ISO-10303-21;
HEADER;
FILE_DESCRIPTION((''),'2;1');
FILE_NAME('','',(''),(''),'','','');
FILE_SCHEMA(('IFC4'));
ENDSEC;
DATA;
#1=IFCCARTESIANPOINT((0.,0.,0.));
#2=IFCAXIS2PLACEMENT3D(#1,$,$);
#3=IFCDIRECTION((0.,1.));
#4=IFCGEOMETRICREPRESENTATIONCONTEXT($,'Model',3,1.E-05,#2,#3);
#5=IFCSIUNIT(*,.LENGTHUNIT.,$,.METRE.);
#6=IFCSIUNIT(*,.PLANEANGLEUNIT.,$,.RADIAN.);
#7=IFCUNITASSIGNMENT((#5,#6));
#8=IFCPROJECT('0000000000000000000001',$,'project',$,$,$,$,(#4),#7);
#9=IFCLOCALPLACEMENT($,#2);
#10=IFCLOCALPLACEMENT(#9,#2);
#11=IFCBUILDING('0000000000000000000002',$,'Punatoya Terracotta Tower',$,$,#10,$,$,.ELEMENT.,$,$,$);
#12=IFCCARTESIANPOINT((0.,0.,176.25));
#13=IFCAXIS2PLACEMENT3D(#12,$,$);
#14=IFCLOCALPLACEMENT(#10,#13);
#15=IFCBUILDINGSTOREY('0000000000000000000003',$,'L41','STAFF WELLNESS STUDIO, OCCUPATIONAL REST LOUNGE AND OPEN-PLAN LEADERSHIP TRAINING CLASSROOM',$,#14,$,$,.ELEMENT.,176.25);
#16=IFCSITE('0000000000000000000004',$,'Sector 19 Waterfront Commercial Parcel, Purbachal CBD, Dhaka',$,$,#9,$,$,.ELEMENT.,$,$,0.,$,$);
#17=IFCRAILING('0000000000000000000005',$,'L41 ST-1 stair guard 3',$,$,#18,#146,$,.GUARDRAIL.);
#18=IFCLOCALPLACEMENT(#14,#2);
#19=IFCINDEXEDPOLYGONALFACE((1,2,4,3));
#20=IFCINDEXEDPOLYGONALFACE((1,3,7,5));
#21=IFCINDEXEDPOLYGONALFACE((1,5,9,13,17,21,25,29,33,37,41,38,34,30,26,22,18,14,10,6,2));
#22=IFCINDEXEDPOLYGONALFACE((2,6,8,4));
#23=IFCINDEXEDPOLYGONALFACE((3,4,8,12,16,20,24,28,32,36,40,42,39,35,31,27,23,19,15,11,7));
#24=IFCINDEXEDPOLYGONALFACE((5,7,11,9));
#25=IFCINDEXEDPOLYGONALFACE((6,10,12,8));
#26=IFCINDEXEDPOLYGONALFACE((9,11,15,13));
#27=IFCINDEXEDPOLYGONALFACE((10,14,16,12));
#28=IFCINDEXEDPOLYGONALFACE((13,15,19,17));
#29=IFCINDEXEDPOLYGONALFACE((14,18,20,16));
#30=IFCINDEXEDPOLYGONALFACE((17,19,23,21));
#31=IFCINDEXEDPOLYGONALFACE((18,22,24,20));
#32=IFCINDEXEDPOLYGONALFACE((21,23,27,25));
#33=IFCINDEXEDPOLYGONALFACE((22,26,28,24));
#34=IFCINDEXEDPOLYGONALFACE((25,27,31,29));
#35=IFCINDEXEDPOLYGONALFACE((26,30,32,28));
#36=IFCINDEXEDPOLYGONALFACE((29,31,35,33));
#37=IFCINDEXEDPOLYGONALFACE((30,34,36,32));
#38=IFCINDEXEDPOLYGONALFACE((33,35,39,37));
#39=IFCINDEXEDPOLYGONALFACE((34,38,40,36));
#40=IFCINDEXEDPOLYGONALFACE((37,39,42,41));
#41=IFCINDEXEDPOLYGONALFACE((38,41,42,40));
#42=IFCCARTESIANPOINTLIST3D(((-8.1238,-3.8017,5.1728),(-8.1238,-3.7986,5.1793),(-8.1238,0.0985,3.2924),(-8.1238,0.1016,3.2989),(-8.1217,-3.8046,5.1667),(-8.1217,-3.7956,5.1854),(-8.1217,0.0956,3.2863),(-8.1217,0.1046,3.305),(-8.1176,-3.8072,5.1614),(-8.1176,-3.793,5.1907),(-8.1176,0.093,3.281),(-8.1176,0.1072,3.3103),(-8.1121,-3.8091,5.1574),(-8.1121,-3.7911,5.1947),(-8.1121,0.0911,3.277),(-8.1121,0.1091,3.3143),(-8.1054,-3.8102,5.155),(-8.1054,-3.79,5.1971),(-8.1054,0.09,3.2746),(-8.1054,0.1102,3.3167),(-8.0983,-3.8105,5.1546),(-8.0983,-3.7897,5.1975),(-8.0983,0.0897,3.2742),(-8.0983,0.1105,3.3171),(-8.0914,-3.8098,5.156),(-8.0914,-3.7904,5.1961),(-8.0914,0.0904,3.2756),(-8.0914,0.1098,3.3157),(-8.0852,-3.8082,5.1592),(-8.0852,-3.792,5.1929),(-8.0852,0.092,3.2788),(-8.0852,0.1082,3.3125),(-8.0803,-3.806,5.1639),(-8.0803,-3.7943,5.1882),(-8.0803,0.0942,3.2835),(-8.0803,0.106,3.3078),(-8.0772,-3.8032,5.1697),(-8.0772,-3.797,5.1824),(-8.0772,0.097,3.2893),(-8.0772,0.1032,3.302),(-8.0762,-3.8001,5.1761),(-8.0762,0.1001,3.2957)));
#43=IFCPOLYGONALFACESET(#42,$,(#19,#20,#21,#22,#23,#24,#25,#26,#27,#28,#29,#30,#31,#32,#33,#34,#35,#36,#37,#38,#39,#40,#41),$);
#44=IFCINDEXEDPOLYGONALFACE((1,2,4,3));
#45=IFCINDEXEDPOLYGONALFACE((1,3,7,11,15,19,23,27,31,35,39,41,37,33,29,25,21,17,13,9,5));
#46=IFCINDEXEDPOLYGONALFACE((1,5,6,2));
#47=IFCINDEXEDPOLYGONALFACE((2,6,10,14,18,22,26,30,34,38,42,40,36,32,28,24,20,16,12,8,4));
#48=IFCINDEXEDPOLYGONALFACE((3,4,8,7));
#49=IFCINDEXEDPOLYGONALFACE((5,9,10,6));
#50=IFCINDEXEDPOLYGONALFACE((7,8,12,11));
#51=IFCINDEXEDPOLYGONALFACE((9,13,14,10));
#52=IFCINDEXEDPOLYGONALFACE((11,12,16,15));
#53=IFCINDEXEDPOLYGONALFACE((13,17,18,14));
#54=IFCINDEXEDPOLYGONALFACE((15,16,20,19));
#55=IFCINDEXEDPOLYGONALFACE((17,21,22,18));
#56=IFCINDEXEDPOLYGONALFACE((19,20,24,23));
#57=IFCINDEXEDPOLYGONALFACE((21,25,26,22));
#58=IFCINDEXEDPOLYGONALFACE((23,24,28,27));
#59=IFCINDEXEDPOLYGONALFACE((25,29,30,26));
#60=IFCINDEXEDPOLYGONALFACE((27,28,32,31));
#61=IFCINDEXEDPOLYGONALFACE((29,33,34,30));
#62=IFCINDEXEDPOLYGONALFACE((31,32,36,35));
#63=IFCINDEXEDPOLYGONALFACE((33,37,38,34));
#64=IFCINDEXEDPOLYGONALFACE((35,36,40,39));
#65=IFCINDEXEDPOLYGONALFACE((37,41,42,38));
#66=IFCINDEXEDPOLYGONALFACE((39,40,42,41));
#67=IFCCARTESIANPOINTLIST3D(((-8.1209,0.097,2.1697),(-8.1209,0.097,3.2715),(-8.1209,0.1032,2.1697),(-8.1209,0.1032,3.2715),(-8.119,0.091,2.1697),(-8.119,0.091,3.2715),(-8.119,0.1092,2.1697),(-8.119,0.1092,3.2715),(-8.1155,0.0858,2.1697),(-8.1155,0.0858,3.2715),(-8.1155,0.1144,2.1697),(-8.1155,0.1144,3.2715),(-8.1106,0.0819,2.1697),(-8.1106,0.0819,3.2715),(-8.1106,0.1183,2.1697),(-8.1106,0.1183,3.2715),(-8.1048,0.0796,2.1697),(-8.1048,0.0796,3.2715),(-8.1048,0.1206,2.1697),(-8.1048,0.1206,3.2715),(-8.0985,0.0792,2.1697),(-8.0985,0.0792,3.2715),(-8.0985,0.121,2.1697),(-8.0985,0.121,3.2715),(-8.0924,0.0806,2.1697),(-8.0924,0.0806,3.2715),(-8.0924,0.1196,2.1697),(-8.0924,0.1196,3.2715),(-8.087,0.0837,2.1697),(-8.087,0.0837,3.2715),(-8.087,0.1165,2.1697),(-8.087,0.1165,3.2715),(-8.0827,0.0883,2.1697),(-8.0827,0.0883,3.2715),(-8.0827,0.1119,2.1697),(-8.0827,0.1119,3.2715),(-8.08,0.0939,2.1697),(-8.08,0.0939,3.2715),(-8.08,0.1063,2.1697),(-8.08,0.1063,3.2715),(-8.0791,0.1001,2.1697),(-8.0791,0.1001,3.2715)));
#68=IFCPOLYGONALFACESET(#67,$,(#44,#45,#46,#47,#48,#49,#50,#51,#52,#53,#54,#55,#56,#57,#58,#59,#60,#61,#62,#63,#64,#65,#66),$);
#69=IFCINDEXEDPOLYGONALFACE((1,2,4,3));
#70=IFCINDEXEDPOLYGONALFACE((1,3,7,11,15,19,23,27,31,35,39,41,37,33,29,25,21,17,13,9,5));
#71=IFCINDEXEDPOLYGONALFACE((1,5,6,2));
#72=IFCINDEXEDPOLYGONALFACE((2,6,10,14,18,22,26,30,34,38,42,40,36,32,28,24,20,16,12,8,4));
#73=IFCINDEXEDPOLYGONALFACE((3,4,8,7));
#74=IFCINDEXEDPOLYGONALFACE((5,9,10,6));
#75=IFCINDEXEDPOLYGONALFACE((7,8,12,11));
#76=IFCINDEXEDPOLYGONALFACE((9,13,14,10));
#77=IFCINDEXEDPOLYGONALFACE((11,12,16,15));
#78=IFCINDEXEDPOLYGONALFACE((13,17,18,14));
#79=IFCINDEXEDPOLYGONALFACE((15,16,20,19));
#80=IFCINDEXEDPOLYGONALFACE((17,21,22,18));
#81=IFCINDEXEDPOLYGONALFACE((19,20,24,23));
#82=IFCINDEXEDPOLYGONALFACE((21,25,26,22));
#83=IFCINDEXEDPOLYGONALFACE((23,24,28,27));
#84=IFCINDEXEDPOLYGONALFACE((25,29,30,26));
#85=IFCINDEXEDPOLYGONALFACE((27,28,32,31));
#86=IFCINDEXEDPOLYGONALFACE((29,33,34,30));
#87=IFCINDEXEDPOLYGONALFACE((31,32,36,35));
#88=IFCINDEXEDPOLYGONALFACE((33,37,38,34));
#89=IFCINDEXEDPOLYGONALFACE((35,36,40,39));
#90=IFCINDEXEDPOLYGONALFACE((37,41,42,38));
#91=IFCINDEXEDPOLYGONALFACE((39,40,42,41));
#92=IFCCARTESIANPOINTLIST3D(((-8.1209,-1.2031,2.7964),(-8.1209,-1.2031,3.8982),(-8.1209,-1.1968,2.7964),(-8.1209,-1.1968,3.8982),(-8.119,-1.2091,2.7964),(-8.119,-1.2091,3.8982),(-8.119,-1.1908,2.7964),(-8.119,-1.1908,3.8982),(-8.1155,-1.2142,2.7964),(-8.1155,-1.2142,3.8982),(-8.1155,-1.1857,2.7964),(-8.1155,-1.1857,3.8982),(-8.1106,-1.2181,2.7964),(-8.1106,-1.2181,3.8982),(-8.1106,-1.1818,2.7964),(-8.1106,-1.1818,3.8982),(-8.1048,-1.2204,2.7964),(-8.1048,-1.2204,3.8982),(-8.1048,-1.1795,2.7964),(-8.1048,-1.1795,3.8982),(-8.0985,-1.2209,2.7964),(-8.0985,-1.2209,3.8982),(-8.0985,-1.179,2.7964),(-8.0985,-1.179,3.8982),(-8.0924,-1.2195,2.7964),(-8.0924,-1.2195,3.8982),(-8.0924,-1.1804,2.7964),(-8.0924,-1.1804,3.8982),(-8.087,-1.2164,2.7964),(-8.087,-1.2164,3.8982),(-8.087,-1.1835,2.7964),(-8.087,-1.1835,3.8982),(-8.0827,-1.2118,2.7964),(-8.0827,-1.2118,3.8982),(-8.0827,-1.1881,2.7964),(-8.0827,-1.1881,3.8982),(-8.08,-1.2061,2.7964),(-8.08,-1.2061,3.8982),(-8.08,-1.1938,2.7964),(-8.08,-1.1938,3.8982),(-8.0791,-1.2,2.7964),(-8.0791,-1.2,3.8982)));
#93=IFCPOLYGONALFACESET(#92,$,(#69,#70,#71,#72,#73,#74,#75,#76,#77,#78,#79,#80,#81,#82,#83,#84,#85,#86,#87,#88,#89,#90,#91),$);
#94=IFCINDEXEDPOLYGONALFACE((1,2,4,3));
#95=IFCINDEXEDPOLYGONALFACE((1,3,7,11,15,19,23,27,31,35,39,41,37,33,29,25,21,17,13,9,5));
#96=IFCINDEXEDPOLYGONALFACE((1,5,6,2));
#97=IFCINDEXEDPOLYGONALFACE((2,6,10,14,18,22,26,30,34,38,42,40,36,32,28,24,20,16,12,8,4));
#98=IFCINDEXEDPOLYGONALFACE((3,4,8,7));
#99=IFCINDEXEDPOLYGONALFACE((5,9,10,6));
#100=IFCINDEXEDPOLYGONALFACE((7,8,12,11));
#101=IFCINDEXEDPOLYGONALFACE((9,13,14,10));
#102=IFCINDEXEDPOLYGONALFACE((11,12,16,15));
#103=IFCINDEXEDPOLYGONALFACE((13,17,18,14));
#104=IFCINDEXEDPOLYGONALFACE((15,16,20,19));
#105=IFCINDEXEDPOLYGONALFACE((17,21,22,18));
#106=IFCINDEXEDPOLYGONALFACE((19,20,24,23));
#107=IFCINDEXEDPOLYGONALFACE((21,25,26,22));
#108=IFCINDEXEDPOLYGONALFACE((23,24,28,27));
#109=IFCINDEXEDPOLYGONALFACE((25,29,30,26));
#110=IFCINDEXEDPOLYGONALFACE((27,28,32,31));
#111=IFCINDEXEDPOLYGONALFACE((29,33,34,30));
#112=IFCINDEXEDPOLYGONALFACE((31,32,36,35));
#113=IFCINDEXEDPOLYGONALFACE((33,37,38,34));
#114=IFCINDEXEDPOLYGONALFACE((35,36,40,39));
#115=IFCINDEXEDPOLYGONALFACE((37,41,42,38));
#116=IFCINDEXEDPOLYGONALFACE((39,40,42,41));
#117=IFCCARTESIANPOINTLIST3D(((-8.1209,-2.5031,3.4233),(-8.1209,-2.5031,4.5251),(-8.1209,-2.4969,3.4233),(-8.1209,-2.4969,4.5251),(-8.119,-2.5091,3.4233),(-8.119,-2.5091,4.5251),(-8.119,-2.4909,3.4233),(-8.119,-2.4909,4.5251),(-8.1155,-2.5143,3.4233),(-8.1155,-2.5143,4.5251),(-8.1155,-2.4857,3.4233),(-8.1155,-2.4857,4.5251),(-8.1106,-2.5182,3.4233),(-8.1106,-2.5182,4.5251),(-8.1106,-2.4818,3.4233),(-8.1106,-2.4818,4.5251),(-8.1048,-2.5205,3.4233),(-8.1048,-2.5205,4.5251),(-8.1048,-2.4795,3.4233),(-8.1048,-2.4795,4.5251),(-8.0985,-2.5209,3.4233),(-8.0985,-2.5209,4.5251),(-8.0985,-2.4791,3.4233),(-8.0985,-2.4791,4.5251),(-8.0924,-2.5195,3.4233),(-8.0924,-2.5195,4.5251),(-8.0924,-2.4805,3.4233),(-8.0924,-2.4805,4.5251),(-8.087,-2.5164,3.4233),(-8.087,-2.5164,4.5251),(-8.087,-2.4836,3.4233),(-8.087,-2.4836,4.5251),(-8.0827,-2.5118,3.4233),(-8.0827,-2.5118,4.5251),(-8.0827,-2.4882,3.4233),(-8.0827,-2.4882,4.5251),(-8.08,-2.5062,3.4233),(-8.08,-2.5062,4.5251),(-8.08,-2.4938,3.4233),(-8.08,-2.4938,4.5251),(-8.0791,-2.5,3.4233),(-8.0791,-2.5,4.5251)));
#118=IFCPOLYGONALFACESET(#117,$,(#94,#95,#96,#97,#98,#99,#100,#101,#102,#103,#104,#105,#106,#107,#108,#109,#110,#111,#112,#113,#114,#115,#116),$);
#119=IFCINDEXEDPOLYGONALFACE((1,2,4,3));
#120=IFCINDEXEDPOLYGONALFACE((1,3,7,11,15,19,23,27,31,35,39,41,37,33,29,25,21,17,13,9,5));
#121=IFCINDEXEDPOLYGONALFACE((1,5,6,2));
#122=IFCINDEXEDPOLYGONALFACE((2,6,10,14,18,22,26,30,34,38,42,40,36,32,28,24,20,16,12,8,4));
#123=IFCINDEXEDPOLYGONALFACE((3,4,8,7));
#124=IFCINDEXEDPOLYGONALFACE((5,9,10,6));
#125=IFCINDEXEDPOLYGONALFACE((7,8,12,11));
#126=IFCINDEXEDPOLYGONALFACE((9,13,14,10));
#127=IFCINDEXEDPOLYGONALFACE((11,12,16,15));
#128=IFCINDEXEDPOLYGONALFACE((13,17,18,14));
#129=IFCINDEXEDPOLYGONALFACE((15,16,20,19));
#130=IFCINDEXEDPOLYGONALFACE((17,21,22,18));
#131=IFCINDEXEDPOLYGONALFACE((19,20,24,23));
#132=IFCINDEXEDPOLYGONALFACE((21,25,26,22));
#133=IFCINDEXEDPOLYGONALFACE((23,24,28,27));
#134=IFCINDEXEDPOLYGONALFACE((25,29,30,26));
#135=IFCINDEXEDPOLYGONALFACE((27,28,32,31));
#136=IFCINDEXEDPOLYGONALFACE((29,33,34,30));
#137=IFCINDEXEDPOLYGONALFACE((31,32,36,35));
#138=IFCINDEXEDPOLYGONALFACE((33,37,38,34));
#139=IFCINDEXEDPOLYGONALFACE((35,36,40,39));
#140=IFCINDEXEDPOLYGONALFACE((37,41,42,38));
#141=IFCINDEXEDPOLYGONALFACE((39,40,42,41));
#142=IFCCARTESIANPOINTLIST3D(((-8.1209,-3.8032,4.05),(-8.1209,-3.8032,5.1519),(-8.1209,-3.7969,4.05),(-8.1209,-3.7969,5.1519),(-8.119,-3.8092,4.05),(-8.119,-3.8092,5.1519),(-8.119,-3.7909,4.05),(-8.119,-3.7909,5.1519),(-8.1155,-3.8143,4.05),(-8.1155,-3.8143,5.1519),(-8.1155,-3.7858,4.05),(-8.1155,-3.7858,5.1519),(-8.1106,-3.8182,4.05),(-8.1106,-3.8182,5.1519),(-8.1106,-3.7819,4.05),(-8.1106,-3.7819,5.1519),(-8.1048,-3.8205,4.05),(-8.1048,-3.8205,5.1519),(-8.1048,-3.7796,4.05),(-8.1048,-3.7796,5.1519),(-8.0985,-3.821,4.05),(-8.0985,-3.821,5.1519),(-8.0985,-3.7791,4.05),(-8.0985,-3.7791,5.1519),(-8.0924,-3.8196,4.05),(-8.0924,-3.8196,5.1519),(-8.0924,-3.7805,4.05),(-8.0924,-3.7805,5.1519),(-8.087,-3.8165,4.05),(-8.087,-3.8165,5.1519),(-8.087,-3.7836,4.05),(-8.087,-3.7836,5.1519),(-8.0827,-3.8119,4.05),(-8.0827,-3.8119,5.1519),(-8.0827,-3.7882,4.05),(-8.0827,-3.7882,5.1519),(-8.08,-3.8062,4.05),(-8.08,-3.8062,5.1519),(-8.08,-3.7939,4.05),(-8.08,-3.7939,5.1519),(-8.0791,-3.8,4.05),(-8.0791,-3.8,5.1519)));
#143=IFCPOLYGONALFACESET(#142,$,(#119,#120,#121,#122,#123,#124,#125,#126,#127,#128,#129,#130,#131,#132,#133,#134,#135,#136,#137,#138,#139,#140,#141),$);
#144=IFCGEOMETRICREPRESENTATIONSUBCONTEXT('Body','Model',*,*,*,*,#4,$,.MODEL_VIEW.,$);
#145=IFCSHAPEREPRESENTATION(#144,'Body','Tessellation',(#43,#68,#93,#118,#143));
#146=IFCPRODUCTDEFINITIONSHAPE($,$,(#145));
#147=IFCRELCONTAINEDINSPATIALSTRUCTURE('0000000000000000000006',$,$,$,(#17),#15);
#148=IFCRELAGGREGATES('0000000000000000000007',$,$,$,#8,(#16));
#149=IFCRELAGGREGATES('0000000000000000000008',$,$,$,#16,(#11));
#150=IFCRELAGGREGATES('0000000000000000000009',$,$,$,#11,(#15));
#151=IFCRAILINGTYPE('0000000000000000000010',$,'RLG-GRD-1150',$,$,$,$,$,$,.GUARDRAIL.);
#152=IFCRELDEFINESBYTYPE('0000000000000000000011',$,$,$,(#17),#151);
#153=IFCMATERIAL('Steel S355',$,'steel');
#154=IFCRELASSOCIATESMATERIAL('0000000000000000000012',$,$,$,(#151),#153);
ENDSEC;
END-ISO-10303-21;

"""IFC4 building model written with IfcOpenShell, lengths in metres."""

from ifc_helpers import new_model, si_unit, direction, frame, origin, origin_2d, place, context, subcontext, project, spatial, circle, extrude, material, type_object, element, save


model = new_model("IFC4")

# Units and contexts
model_context = context("Model", 3, precision=1e-05, world=origin(), true_north=direction((0.0, 1.0)))
body_context = subcontext(model_context, "Body", "Model", "MODEL_VIEW")
ifc_project = project(units=[si_unit("LENGTHUNIT", "METRE"), si_unit("PLANEANGLEUNIT", "RADIAN")], contexts=[model_context])

# Site, building, storey
site_placement = place(None, origin())
site = spatial("IfcSite", under=ifc_project, at=site_placement, Name="Sector 19 Waterfront Commercial Parcel, Purbachal CBD, Dhaka", CompositionType="ELEMENT", RefElevation=0.0)
building_placement = place(site_placement, origin())
building = spatial("IfcBuilding", under=site, at=building_placement, Name="Punatoya Terracotta Tower", CompositionType="ELEMENT")
storey_placement = place(building_placement, frame((0.0, 0.0, 176.25)))
storey = spatial("IfcBuildingStorey", under=building, at=storey_placement, Name="L41", Description="STAFF WELLNESS STUDIO, OCCUPATIONAL REST LOUNGE AND OPEN-PLAN LEADERSHIP TRAINING CLASSROOM", CompositionType="ELEMENT", Elevation=176.25)

# Shared definitions
ifc_material_1 = material(Name="Steel S355", Category="steel")

# Railing
railing_type_1 = type_object("IfcRailingType", Name="RLG-GRD-1150", PredefinedType="GUARDRAIL", material=ifc_material_1)
railing_1_placement = place(storey_placement, frame((-8.1001, 0.1001, 2.1697)))
element("IfcRailing", 1, at=railing_1_placement, inside=storey, type_object=railing_type_1, Name="L41 ST-1 stair guard 3", PredefinedType="GUARDRAIL", context=body_context, shape_type="SweptSolid", body=[
    extrude(circle(Radius=0.0239, at=origin_2d()), frame((0.0, 0.0, 1.126), z_axis=(0.0, -0.900774, 0.434289), x_axis=(1.0, 0.0, 0.0)), (0.0, 0.0, 1.0), 4.3298),
    extrude(circle(Radius=0.021, at=origin_2d()), origin(), (0.0, 0.0, 1.0), 1.1018),
    extrude(circle(Radius=0.021, at=origin_2d()), frame((0.0, -1.3, 0.6267)), (0.0, 0.0, 1.0), 1.1018),
    extrude(circle(Radius=0.021, at=origin_2d()), frame((0.0, -2.6001, 1.2537)), (0.0, 0.0, 1.0), 1.1018),
    extrude(circle(Radius=0.021, at=origin_2d()), frame((0.0, -3.9001, 1.8804)), (0.0, 0.0, 1.0), 1.1018),
])

save(model, "model.ifc")
